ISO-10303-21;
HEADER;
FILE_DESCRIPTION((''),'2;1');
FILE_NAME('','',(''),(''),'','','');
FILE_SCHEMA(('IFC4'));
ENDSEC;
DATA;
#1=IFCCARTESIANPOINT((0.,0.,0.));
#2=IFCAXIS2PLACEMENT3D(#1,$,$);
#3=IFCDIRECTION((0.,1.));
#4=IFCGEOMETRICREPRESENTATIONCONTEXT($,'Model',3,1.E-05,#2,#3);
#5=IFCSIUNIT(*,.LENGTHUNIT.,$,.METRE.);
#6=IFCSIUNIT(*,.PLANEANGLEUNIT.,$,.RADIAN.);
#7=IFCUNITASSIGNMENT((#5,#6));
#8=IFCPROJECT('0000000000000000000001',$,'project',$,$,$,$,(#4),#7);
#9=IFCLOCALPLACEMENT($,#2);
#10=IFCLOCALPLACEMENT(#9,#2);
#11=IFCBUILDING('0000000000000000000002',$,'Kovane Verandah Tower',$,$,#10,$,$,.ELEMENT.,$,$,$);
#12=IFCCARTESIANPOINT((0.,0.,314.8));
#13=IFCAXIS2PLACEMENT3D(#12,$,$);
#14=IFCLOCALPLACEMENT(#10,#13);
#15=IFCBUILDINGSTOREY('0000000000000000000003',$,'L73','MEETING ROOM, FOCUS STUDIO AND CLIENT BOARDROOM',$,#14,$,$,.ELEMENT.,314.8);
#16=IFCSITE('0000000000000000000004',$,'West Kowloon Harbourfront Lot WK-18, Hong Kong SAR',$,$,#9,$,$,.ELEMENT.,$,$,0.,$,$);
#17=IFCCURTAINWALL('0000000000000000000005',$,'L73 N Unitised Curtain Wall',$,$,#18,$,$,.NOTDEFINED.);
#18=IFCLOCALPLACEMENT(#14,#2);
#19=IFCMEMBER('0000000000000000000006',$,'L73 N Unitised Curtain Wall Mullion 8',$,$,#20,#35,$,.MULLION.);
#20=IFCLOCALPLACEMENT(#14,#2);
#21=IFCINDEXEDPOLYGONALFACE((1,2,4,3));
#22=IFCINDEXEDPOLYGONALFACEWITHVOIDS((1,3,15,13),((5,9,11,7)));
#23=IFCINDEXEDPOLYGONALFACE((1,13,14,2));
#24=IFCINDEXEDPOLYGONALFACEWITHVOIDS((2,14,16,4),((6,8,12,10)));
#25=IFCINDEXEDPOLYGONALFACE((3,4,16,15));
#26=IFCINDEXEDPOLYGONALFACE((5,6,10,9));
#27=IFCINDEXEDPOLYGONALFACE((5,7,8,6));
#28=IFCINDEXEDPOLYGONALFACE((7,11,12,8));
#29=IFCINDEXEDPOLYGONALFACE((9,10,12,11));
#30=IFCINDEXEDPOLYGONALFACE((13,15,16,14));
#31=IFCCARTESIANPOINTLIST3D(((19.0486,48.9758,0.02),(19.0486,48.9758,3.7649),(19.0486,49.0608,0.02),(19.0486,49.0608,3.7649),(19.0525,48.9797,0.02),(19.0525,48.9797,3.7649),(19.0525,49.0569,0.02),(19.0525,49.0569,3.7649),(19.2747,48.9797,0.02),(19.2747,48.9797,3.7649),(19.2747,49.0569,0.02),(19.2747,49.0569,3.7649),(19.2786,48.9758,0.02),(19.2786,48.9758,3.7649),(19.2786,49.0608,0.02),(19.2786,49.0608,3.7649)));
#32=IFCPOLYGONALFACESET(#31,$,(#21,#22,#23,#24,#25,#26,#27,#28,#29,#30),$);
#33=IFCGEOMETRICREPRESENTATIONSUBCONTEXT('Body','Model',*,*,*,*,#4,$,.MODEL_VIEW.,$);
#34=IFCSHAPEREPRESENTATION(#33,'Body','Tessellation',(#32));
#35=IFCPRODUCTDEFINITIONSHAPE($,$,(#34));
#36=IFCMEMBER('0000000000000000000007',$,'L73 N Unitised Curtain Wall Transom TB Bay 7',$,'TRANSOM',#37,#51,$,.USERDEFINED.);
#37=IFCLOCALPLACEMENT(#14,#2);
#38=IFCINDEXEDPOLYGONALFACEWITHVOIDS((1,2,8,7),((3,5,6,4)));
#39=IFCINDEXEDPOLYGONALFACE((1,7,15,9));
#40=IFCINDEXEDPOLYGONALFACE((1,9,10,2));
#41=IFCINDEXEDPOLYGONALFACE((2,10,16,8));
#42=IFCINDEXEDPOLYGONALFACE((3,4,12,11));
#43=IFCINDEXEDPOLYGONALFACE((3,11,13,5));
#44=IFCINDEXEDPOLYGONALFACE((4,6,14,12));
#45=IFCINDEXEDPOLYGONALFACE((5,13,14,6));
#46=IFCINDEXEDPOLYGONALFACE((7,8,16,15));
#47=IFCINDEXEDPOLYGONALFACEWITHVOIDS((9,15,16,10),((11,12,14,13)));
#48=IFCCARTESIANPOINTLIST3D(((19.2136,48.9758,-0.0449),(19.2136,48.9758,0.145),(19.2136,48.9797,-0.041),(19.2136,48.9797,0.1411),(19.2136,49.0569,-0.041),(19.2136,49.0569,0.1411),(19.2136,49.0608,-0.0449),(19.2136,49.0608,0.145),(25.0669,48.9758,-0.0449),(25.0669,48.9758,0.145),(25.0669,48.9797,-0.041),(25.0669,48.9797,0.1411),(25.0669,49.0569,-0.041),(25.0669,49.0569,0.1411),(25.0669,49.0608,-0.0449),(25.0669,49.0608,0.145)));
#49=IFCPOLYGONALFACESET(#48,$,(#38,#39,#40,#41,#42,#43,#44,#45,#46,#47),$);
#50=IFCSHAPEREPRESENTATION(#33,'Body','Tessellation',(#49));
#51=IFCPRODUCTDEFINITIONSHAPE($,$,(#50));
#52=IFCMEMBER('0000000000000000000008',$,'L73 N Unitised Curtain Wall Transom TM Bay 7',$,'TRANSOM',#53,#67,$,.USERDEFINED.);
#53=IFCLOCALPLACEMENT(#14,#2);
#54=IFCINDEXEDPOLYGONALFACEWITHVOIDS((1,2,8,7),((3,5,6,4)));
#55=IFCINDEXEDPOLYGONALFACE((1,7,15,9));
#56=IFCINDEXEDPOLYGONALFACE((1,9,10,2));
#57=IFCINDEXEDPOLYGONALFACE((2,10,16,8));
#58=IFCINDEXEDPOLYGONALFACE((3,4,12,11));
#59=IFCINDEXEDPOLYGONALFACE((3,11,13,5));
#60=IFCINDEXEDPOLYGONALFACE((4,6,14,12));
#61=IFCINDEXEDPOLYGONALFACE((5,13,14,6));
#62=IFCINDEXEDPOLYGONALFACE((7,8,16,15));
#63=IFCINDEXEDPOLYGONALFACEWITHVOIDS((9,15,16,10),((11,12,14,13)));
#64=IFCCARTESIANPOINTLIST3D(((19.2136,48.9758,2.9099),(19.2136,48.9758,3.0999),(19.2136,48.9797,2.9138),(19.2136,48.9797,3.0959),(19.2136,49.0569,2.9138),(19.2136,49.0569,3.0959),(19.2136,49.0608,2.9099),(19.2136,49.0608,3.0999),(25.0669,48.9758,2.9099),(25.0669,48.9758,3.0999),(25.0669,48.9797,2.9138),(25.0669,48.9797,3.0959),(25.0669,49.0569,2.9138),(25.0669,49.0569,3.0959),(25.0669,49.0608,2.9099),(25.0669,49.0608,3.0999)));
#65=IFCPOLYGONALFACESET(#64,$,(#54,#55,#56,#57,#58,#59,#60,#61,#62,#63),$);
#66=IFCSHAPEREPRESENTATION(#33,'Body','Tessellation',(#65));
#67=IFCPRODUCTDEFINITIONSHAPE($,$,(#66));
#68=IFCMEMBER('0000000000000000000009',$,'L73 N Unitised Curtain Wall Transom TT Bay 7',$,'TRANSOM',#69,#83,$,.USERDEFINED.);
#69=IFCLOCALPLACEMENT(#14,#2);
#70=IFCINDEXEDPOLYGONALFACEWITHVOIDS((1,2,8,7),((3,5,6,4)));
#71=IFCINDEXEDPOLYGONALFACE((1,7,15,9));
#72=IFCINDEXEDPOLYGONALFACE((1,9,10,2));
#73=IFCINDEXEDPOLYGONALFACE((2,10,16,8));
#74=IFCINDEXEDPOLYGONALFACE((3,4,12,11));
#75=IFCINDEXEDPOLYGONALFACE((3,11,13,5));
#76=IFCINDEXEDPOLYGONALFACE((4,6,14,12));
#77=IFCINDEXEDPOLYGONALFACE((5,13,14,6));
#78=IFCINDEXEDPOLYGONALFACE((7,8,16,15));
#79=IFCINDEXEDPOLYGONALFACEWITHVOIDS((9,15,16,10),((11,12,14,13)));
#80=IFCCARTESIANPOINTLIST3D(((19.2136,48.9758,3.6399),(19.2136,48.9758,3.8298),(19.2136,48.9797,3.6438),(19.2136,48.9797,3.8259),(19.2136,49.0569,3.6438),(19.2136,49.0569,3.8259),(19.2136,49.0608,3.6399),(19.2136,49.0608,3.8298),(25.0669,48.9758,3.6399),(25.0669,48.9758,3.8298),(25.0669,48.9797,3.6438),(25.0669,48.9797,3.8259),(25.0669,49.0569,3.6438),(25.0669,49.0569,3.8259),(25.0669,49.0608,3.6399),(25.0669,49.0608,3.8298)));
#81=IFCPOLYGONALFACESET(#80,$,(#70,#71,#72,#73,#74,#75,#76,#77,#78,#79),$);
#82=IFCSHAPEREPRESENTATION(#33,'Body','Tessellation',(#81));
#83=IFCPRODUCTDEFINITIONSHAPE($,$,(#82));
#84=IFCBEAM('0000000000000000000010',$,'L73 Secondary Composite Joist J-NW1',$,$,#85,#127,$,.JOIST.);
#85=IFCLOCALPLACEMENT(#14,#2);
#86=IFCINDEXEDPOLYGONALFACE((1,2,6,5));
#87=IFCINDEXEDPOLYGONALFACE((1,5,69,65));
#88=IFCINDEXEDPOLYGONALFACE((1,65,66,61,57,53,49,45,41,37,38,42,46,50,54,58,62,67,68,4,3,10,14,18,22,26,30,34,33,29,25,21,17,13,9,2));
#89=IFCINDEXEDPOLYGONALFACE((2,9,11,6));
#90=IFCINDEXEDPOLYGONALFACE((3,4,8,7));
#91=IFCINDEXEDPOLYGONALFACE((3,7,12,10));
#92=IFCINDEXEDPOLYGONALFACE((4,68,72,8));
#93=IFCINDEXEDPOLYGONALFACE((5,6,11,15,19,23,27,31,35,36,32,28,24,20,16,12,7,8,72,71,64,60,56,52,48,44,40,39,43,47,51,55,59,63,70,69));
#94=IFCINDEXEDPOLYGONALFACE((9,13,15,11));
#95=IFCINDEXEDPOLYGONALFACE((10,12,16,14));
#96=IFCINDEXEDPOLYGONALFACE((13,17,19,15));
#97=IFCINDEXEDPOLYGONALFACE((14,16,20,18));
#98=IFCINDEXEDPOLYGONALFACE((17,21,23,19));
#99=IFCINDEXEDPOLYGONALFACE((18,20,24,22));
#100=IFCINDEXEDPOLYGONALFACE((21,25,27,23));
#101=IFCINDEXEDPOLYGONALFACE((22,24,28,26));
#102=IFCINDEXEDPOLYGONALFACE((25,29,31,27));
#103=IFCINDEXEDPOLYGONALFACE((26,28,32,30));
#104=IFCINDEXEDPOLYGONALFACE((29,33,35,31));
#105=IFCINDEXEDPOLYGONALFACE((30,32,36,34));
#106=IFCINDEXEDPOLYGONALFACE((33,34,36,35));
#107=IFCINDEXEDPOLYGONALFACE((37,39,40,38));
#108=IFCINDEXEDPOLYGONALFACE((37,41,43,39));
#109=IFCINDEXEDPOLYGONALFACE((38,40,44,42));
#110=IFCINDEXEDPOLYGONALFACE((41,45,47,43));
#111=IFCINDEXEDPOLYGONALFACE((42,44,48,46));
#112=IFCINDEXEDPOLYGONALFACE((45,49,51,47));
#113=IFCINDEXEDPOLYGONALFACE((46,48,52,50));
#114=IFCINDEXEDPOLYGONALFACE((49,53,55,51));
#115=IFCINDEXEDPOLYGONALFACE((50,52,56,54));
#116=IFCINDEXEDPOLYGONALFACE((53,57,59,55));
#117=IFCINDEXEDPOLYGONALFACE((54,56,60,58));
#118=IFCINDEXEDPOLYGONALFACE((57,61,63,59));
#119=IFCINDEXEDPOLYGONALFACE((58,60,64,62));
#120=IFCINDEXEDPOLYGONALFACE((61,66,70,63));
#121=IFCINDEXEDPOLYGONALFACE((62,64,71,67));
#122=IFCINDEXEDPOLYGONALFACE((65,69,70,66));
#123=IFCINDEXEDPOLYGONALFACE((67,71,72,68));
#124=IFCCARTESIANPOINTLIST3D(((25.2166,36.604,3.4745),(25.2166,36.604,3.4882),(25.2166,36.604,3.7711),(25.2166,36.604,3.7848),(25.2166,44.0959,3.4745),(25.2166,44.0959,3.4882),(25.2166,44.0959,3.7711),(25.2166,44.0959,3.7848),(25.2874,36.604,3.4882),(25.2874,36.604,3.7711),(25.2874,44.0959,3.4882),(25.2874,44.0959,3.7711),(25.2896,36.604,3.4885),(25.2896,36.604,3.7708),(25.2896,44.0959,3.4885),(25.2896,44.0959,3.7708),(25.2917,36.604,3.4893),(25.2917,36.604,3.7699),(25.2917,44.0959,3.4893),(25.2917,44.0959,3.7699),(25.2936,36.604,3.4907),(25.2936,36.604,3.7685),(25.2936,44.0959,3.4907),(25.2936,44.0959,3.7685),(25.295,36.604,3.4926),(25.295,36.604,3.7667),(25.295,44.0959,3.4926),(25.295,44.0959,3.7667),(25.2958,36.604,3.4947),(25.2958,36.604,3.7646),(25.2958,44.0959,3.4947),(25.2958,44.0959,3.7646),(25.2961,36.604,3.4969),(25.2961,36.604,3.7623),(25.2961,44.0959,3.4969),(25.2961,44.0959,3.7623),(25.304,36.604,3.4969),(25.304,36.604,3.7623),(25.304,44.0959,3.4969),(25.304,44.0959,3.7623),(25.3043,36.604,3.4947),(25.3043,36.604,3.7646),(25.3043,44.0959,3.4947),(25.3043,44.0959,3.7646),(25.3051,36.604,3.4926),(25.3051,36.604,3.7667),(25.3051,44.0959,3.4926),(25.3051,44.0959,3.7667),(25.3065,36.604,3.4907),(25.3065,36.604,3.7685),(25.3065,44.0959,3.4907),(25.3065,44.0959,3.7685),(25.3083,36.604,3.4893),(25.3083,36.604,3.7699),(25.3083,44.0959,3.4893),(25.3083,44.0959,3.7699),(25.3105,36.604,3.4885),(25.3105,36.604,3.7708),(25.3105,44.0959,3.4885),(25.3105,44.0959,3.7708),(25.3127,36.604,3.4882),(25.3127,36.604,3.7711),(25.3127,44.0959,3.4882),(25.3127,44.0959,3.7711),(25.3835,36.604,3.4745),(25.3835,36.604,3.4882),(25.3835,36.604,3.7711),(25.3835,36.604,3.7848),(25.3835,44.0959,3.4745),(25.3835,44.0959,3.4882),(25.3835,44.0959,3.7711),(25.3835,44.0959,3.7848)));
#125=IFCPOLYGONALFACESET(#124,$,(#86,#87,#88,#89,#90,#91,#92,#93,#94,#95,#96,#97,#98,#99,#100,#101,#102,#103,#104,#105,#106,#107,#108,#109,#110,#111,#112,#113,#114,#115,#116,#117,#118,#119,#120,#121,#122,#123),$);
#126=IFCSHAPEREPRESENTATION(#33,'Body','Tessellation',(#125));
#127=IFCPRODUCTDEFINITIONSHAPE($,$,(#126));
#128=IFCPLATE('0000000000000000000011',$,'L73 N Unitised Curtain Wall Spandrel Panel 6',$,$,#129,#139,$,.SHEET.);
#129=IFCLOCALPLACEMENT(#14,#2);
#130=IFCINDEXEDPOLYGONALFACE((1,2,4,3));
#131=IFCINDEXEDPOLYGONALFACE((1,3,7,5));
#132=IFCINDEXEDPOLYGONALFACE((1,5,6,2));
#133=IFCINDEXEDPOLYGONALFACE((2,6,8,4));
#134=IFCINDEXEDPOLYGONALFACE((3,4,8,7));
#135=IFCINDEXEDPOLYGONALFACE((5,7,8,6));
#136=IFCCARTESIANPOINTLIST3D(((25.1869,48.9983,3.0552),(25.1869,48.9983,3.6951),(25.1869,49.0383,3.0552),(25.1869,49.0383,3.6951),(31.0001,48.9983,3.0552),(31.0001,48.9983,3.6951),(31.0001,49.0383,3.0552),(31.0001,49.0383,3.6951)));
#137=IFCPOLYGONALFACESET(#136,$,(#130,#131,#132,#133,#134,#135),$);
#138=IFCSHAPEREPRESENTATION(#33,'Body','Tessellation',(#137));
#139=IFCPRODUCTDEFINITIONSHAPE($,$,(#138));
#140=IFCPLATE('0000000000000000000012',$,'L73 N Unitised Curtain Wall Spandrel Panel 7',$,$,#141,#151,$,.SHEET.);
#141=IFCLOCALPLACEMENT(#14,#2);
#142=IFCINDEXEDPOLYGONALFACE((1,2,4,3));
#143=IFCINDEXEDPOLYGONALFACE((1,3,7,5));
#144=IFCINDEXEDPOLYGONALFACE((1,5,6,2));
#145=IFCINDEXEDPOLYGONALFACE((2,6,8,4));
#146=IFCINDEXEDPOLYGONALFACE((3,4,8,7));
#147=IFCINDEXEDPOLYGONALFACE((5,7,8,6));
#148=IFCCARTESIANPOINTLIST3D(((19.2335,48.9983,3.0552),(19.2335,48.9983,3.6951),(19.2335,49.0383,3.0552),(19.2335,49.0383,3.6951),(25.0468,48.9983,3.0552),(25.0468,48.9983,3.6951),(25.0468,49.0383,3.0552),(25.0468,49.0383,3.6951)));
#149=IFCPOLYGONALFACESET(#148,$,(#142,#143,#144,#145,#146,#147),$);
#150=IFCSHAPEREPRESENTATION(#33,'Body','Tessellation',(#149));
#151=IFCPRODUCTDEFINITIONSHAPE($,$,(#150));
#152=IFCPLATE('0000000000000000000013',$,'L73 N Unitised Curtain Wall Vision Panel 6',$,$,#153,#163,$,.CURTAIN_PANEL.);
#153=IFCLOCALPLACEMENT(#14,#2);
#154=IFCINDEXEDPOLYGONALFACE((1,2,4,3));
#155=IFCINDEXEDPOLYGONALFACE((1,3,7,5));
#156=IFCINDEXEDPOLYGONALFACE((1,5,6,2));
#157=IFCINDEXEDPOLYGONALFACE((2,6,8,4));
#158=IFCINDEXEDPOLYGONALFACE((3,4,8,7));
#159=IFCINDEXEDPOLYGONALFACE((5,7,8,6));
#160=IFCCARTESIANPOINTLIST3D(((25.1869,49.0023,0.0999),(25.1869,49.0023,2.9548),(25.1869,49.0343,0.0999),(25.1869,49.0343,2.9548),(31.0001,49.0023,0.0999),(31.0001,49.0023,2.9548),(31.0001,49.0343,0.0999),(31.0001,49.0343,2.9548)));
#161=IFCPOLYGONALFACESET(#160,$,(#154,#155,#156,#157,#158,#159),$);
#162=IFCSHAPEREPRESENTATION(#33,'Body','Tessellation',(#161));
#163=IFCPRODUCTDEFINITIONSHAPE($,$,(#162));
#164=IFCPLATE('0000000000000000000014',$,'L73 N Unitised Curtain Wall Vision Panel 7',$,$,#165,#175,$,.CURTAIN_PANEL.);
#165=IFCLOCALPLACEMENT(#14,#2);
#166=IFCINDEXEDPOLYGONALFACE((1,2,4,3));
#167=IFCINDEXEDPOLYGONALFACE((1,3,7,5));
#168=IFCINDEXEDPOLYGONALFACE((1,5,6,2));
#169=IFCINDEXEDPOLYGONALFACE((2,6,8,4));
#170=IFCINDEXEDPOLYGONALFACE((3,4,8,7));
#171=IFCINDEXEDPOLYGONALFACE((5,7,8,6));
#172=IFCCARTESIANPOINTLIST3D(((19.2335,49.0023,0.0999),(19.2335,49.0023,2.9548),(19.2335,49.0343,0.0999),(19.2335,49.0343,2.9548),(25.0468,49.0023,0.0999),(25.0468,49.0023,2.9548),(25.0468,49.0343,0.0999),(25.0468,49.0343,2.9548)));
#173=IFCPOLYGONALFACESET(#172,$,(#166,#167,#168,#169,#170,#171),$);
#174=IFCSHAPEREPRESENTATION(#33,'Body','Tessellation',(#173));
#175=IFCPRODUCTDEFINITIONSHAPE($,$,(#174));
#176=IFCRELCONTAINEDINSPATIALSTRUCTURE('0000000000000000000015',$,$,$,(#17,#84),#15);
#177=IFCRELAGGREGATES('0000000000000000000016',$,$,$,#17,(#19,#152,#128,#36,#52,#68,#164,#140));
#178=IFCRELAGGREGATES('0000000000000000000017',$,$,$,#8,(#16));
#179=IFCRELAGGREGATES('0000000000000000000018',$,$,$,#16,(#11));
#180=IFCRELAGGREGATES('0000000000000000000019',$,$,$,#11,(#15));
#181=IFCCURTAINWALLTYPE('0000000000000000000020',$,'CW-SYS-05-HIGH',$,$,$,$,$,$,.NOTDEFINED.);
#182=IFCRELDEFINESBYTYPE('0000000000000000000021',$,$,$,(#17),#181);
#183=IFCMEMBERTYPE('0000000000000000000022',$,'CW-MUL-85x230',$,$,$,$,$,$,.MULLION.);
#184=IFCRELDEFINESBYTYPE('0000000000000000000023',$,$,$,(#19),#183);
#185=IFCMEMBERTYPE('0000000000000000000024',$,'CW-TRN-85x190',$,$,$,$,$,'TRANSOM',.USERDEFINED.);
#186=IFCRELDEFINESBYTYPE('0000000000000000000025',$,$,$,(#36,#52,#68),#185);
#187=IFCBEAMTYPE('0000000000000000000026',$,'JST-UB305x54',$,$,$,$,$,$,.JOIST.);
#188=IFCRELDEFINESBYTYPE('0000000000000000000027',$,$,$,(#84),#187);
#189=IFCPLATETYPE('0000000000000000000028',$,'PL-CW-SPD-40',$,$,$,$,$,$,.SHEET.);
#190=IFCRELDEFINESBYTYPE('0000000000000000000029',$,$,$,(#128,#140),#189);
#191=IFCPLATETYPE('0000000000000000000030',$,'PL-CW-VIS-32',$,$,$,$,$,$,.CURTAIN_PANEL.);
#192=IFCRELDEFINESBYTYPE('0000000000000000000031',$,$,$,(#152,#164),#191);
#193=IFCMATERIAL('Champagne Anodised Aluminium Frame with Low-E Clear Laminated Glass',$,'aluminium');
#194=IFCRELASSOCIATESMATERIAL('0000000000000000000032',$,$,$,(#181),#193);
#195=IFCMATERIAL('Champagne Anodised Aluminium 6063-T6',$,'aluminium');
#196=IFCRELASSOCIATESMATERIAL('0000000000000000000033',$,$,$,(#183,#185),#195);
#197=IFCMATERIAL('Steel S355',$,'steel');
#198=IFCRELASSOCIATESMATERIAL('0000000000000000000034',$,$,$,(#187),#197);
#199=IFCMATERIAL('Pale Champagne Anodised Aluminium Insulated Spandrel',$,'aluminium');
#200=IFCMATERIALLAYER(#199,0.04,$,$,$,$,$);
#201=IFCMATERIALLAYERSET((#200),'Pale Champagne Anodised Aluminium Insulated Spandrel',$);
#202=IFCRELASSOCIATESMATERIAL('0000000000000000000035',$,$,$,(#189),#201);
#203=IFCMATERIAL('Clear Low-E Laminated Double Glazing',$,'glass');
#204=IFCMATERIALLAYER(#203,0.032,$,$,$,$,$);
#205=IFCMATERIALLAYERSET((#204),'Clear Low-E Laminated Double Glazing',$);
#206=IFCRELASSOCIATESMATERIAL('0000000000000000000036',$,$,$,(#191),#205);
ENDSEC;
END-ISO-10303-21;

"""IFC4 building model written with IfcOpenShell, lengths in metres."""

from ifc_helpers import new_model, si_unit, direction, frame, origin, origin_2d, place, context, subcontext, project, spatial, rectangle, hollow_rectangle, i_section, extrude, material, layer, layer_set, material_profile, profile_set, type_object, element, aggregate, save


model = new_model("IFC4")

# Units and contexts
model_context = context("Model", 3, precision=1e-05, world=origin(), true_north=direction((0.0, 1.0)))
body_context = subcontext(model_context, "Body", "Model", "MODEL_VIEW")
ifc_project = project(units=[si_unit("LENGTHUNIT", "METRE"), si_unit("PLANEANGLEUNIT", "RADIAN")], contexts=[model_context])

# Site, building, storey
site_placement = place(None, origin())
site = spatial("IfcSite", under=ifc_project, at=site_placement, Name="West Kowloon Harbourfront Lot WK-18, Hong Kong SAR", CompositionType="ELEMENT", RefElevation=0.0)
building_placement = place(site_placement, origin())
building = spatial("IfcBuilding", under=site, at=building_placement, Name="Kovane Verandah Tower", CompositionType="ELEMENT")
storey_placement = place(building_placement, frame((0.0, 0.0, 314.8)))
storey = spatial("IfcBuildingStorey", under=building, at=storey_placement, Name="L73", Description="MEETING ROOM, FOCUS STUDIO AND CLIENT BOARDROOM", CompositionType="ELEMENT", Elevation=314.8)

# Shared definitions
ifc_material_1 = material(Name="Steel S355", Category="steel")

# Curtain wall, members
ifc_material_2 = material(Name="Champagne Anodised Aluminium Frame with Low-E Clear Laminated Glass", Category="aluminium")
curtain_wall_type = type_object("IfcCurtainWallType", Name="CW-SYS-05-HIGH", PredefinedType="NOTDEFINED", material=ifc_material_2)
curtain_wall_placement = place(storey_placement, origin())
curtain_wall = element("IfcCurtainWall", 1, at=curtain_wall_placement, inside=storey, type_object=curtain_wall_type, Name="L73 N Unitised Curtain Wall", PredefinedType="NOTDEFINED")
ifc_material_3 = material(Name="Champagne Anodised Aluminium 6063-T6", Category="aluminium")
ifc_material_profile_1 = material_profile(ifc_material_3, hollow_rectangle(XDim=0.085, YDim=0.23, WallThickness=0.0039, at=origin_2d()), Name="AL85x230x4")
ifc_profile_set_1 = profile_set([ifc_material_profile_1], Name="Champagne Anodised Aluminium 6063-T6")
member_type_1 = type_object("IfcMemberType", Name="CW-MUL-85x230", PredefinedType="MULLION", material=ifc_profile_set_1)
member_1_placement = place(storey_placement, frame((19.1636, 49.0183, 0.02), z_axis=(0.0, 0.0, 1.0), x_axis=(0.0, 1.0, 0.0)))
member_1 = element("IfcMember", 2, at=member_1_placement, type_object=member_type_1, Name="L73 N Unitised Curtain Wall Mullion 8", PredefinedType="MULLION", context=body_context, shape_type="SweptSolid", body=[
    extrude(hollow_rectangle(XDim=0.085, YDim=0.23, WallThickness=0.0039, at=origin_2d()), origin(), (0.0, 0.0, 1.0), 3.7449),
])
ifc_material_profile_2 = material_profile(ifc_material_3, hollow_rectangle(XDim=0.085, YDim=0.1899, WallThickness=0.0039, at=origin_2d()), Name="AL85x190x4")
ifc_profile_set_2 = profile_set([ifc_material_profile_2], Name="Champagne Anodised Aluminium 6063-T6")
member_type_2 = type_object("IfcMemberType", Name="CW-TRN-85x190", ElementType="TRANSOM", PredefinedType="USERDEFINED", material=ifc_profile_set_2)
member_2_placement = place(storey_placement, frame((25.0669, 49.0183, 0.05), z_axis=(-1.0, 0.0, 0.0), x_axis=(0.0, -1.0, 0.0)))
member_2 = element("IfcMember", 3, at=member_2_placement, type_object=member_type_2, Name="L73 N Unitised Curtain Wall Transom TB Bay 7", ObjectType="TRANSOM", PredefinedType="USERDEFINED", context=body_context, shape_type="SweptSolid", body=[
    extrude(hollow_rectangle(XDim=0.085, YDim=0.1899, WallThickness=0.0039, at=origin_2d()), origin(), (0.0, 0.0, 1.0), 5.8533),
])
member_3_placement = place(storey_placement, frame((25.0669, 49.0183, 3.0049), z_axis=(-1.0, 0.0, 0.0), x_axis=(0.0, -1.0, 0.0)))
member_3 = element("IfcMember", 4, at=member_3_placement, type_object=member_type_2, Name="L73 N Unitised Curtain Wall Transom TM Bay 7", ObjectType="TRANSOM", PredefinedType="USERDEFINED", context=body_context, shape_type="SweptSolid", body=[
    extrude(hollow_rectangle(XDim=0.085, YDim=0.1899, WallThickness=0.0039, at=origin_2d()), origin(), (0.0, 0.0, 1.0), 5.8533),
])
member_4_placement = place(storey_placement, frame((25.0669, 49.0183, 3.7349), z_axis=(-1.0, 0.0, 0.0), x_axis=(0.0, -1.0, 0.0)))
member_4 = element("IfcMember", 5, at=member_4_placement, type_object=member_type_2, Name="L73 N Unitised Curtain Wall Transom TT Bay 7", ObjectType="TRANSOM", PredefinedType="USERDEFINED", context=body_context, shape_type="SweptSolid", body=[
    extrude(hollow_rectangle(XDim=0.085, YDim=0.1899, WallThickness=0.0039, at=origin_2d()), origin(), (0.0, 0.0, 1.0), 5.8533),
])

# Beam
ifc_material_profile_3 = material_profile(ifc_material_1, i_section(OverallWidth=0.167, OverallDepth=0.3103, WebThickness=0.0078, FlangeThickness=0.0137, FilletRadius=0.0088, at=origin_2d()), Name="UB305x165x54")
ifc_profile_set_3 = profile_set([ifc_material_profile_3], Name="Steel S355")
beam_type_1 = type_object("IfcBeamType", Name="JST-UB305x54", PredefinedType="JOIST", material=ifc_profile_set_3)
beam_1_placement = place(storey_placement, frame((25.3, 36.604, 3.6296), z_axis=(0.0, 1.0, 0.0), x_axis=(-1.0, 0.0, 0.0)))
element("IfcBeam", 6, at=beam_1_placement, inside=storey, type_object=beam_type_1, Name="L73 Secondary Composite Joist J-NW1", PredefinedType="JOIST", context=body_context, shape_type="SweptSolid", body=[
    extrude(i_section(OverallWidth=0.167, OverallDepth=0.3103, WebThickness=0.0078, FlangeThickness=0.0137, FilletRadius=0.0088, at=origin_2d()), origin(), (0.0, 0.0, 1.0), 7.4919),
])

# Plates
ifc_material_4 = material(Name="Pale Champagne Anodised Aluminium Insulated Spandrel", Category="aluminium")
ifc_layer_1 = layer(ifc_material_4, 0.04)
ifc_layer_set_1 = layer_set([ifc_layer_1], Name="Pale Champagne Anodised Aluminium Insulated Spandrel")
plate_type_1 = type_object("IfcPlateType", Name="PL-CW-SPD-40", PredefinedType="SHEET", material=ifc_layer_set_1)
plate_1_placement = place(storey_placement, frame((28.0935, 49.0183, 3.0552), z_axis=(0.0, 0.0, 1.0), x_axis=(-1.0, 0.0, 0.0)))
plate_1 = element("IfcPlate", 7, at=plate_1_placement, type_object=plate_type_1, Name="L73 N Unitised Curtain Wall Spandrel Panel 6", PredefinedType="SHEET", context=body_context, shape_type="SweptSolid", body=[
    extrude(rectangle(XDim=5.8132, YDim=0.04, at=origin_2d()), origin(), (0.0, 0.0, 1.0), 0.6399),
])
plate_2_placement = place(storey_placement, frame((22.1401, 49.0183, 3.0552), z_axis=(0.0, 0.0, 1.0), x_axis=(-1.0, 0.0, 0.0)))
plate_2 = element("IfcPlate", 8, at=plate_2_placement, type_object=plate_type_1, Name="L73 N Unitised Curtain Wall Spandrel Panel 7", PredefinedType="SHEET", context=body_context, shape_type="SweptSolid", body=[
    extrude(rectangle(XDim=5.8132, YDim=0.04, at=origin_2d()), origin(), (0.0, 0.0, 1.0), 0.6399),
])
ifc_material_5 = material(Name="Clear Low-E Laminated Double Glazing", Category="glass")
ifc_layer_2 = layer(ifc_material_5, 0.032)
ifc_layer_set_2 = layer_set([ifc_layer_2], Name="Clear Low-E Laminated Double Glazing")
plate_type_2 = type_object("IfcPlateType", Name="PL-CW-VIS-32", PredefinedType="CURTAIN_PANEL", material=ifc_layer_set_2)
plate_3_placement = place(storey_placement, frame((28.0935, 49.0183, 0.0999), z_axis=(0.0, 0.0, 1.0), x_axis=(-1.0, 0.0, 0.0)))
plate_3 = element("IfcPlate", 9, at=plate_3_placement, type_object=plate_type_2, Name="L73 N Unitised Curtain Wall Vision Panel 6", PredefinedType="CURTAIN_PANEL", context=body_context, shape_type="SweptSolid", body=[
    extrude(rectangle(XDim=5.8132, YDim=0.032, at=origin_2d()), origin(), (0.0, 0.0, 1.0), 2.855),
])
plate_4_placement = place(storey_placement, frame((22.1401, 49.0183, 0.0999), z_axis=(0.0, 0.0, 1.0), x_axis=(-1.0, 0.0, 0.0)))
plate_4 = element("IfcPlate", 10, at=plate_4_placement, type_object=plate_type_2, Name="L73 N Unitised Curtain Wall Vision Panel 7", PredefinedType="CURTAIN_PANEL", context=body_context, shape_type="SweptSolid", body=[
    extrude(rectangle(XDim=5.8132, YDim=0.032, at=origin_2d()), origin(), (0.0, 0.0, 1.0), 2.855),
])
aggregate(curtain_wall, [member_1, plate_3, plate_1, member_2, member_3, member_4, plate_4, plate_2])

save(model, "model.ifc")
